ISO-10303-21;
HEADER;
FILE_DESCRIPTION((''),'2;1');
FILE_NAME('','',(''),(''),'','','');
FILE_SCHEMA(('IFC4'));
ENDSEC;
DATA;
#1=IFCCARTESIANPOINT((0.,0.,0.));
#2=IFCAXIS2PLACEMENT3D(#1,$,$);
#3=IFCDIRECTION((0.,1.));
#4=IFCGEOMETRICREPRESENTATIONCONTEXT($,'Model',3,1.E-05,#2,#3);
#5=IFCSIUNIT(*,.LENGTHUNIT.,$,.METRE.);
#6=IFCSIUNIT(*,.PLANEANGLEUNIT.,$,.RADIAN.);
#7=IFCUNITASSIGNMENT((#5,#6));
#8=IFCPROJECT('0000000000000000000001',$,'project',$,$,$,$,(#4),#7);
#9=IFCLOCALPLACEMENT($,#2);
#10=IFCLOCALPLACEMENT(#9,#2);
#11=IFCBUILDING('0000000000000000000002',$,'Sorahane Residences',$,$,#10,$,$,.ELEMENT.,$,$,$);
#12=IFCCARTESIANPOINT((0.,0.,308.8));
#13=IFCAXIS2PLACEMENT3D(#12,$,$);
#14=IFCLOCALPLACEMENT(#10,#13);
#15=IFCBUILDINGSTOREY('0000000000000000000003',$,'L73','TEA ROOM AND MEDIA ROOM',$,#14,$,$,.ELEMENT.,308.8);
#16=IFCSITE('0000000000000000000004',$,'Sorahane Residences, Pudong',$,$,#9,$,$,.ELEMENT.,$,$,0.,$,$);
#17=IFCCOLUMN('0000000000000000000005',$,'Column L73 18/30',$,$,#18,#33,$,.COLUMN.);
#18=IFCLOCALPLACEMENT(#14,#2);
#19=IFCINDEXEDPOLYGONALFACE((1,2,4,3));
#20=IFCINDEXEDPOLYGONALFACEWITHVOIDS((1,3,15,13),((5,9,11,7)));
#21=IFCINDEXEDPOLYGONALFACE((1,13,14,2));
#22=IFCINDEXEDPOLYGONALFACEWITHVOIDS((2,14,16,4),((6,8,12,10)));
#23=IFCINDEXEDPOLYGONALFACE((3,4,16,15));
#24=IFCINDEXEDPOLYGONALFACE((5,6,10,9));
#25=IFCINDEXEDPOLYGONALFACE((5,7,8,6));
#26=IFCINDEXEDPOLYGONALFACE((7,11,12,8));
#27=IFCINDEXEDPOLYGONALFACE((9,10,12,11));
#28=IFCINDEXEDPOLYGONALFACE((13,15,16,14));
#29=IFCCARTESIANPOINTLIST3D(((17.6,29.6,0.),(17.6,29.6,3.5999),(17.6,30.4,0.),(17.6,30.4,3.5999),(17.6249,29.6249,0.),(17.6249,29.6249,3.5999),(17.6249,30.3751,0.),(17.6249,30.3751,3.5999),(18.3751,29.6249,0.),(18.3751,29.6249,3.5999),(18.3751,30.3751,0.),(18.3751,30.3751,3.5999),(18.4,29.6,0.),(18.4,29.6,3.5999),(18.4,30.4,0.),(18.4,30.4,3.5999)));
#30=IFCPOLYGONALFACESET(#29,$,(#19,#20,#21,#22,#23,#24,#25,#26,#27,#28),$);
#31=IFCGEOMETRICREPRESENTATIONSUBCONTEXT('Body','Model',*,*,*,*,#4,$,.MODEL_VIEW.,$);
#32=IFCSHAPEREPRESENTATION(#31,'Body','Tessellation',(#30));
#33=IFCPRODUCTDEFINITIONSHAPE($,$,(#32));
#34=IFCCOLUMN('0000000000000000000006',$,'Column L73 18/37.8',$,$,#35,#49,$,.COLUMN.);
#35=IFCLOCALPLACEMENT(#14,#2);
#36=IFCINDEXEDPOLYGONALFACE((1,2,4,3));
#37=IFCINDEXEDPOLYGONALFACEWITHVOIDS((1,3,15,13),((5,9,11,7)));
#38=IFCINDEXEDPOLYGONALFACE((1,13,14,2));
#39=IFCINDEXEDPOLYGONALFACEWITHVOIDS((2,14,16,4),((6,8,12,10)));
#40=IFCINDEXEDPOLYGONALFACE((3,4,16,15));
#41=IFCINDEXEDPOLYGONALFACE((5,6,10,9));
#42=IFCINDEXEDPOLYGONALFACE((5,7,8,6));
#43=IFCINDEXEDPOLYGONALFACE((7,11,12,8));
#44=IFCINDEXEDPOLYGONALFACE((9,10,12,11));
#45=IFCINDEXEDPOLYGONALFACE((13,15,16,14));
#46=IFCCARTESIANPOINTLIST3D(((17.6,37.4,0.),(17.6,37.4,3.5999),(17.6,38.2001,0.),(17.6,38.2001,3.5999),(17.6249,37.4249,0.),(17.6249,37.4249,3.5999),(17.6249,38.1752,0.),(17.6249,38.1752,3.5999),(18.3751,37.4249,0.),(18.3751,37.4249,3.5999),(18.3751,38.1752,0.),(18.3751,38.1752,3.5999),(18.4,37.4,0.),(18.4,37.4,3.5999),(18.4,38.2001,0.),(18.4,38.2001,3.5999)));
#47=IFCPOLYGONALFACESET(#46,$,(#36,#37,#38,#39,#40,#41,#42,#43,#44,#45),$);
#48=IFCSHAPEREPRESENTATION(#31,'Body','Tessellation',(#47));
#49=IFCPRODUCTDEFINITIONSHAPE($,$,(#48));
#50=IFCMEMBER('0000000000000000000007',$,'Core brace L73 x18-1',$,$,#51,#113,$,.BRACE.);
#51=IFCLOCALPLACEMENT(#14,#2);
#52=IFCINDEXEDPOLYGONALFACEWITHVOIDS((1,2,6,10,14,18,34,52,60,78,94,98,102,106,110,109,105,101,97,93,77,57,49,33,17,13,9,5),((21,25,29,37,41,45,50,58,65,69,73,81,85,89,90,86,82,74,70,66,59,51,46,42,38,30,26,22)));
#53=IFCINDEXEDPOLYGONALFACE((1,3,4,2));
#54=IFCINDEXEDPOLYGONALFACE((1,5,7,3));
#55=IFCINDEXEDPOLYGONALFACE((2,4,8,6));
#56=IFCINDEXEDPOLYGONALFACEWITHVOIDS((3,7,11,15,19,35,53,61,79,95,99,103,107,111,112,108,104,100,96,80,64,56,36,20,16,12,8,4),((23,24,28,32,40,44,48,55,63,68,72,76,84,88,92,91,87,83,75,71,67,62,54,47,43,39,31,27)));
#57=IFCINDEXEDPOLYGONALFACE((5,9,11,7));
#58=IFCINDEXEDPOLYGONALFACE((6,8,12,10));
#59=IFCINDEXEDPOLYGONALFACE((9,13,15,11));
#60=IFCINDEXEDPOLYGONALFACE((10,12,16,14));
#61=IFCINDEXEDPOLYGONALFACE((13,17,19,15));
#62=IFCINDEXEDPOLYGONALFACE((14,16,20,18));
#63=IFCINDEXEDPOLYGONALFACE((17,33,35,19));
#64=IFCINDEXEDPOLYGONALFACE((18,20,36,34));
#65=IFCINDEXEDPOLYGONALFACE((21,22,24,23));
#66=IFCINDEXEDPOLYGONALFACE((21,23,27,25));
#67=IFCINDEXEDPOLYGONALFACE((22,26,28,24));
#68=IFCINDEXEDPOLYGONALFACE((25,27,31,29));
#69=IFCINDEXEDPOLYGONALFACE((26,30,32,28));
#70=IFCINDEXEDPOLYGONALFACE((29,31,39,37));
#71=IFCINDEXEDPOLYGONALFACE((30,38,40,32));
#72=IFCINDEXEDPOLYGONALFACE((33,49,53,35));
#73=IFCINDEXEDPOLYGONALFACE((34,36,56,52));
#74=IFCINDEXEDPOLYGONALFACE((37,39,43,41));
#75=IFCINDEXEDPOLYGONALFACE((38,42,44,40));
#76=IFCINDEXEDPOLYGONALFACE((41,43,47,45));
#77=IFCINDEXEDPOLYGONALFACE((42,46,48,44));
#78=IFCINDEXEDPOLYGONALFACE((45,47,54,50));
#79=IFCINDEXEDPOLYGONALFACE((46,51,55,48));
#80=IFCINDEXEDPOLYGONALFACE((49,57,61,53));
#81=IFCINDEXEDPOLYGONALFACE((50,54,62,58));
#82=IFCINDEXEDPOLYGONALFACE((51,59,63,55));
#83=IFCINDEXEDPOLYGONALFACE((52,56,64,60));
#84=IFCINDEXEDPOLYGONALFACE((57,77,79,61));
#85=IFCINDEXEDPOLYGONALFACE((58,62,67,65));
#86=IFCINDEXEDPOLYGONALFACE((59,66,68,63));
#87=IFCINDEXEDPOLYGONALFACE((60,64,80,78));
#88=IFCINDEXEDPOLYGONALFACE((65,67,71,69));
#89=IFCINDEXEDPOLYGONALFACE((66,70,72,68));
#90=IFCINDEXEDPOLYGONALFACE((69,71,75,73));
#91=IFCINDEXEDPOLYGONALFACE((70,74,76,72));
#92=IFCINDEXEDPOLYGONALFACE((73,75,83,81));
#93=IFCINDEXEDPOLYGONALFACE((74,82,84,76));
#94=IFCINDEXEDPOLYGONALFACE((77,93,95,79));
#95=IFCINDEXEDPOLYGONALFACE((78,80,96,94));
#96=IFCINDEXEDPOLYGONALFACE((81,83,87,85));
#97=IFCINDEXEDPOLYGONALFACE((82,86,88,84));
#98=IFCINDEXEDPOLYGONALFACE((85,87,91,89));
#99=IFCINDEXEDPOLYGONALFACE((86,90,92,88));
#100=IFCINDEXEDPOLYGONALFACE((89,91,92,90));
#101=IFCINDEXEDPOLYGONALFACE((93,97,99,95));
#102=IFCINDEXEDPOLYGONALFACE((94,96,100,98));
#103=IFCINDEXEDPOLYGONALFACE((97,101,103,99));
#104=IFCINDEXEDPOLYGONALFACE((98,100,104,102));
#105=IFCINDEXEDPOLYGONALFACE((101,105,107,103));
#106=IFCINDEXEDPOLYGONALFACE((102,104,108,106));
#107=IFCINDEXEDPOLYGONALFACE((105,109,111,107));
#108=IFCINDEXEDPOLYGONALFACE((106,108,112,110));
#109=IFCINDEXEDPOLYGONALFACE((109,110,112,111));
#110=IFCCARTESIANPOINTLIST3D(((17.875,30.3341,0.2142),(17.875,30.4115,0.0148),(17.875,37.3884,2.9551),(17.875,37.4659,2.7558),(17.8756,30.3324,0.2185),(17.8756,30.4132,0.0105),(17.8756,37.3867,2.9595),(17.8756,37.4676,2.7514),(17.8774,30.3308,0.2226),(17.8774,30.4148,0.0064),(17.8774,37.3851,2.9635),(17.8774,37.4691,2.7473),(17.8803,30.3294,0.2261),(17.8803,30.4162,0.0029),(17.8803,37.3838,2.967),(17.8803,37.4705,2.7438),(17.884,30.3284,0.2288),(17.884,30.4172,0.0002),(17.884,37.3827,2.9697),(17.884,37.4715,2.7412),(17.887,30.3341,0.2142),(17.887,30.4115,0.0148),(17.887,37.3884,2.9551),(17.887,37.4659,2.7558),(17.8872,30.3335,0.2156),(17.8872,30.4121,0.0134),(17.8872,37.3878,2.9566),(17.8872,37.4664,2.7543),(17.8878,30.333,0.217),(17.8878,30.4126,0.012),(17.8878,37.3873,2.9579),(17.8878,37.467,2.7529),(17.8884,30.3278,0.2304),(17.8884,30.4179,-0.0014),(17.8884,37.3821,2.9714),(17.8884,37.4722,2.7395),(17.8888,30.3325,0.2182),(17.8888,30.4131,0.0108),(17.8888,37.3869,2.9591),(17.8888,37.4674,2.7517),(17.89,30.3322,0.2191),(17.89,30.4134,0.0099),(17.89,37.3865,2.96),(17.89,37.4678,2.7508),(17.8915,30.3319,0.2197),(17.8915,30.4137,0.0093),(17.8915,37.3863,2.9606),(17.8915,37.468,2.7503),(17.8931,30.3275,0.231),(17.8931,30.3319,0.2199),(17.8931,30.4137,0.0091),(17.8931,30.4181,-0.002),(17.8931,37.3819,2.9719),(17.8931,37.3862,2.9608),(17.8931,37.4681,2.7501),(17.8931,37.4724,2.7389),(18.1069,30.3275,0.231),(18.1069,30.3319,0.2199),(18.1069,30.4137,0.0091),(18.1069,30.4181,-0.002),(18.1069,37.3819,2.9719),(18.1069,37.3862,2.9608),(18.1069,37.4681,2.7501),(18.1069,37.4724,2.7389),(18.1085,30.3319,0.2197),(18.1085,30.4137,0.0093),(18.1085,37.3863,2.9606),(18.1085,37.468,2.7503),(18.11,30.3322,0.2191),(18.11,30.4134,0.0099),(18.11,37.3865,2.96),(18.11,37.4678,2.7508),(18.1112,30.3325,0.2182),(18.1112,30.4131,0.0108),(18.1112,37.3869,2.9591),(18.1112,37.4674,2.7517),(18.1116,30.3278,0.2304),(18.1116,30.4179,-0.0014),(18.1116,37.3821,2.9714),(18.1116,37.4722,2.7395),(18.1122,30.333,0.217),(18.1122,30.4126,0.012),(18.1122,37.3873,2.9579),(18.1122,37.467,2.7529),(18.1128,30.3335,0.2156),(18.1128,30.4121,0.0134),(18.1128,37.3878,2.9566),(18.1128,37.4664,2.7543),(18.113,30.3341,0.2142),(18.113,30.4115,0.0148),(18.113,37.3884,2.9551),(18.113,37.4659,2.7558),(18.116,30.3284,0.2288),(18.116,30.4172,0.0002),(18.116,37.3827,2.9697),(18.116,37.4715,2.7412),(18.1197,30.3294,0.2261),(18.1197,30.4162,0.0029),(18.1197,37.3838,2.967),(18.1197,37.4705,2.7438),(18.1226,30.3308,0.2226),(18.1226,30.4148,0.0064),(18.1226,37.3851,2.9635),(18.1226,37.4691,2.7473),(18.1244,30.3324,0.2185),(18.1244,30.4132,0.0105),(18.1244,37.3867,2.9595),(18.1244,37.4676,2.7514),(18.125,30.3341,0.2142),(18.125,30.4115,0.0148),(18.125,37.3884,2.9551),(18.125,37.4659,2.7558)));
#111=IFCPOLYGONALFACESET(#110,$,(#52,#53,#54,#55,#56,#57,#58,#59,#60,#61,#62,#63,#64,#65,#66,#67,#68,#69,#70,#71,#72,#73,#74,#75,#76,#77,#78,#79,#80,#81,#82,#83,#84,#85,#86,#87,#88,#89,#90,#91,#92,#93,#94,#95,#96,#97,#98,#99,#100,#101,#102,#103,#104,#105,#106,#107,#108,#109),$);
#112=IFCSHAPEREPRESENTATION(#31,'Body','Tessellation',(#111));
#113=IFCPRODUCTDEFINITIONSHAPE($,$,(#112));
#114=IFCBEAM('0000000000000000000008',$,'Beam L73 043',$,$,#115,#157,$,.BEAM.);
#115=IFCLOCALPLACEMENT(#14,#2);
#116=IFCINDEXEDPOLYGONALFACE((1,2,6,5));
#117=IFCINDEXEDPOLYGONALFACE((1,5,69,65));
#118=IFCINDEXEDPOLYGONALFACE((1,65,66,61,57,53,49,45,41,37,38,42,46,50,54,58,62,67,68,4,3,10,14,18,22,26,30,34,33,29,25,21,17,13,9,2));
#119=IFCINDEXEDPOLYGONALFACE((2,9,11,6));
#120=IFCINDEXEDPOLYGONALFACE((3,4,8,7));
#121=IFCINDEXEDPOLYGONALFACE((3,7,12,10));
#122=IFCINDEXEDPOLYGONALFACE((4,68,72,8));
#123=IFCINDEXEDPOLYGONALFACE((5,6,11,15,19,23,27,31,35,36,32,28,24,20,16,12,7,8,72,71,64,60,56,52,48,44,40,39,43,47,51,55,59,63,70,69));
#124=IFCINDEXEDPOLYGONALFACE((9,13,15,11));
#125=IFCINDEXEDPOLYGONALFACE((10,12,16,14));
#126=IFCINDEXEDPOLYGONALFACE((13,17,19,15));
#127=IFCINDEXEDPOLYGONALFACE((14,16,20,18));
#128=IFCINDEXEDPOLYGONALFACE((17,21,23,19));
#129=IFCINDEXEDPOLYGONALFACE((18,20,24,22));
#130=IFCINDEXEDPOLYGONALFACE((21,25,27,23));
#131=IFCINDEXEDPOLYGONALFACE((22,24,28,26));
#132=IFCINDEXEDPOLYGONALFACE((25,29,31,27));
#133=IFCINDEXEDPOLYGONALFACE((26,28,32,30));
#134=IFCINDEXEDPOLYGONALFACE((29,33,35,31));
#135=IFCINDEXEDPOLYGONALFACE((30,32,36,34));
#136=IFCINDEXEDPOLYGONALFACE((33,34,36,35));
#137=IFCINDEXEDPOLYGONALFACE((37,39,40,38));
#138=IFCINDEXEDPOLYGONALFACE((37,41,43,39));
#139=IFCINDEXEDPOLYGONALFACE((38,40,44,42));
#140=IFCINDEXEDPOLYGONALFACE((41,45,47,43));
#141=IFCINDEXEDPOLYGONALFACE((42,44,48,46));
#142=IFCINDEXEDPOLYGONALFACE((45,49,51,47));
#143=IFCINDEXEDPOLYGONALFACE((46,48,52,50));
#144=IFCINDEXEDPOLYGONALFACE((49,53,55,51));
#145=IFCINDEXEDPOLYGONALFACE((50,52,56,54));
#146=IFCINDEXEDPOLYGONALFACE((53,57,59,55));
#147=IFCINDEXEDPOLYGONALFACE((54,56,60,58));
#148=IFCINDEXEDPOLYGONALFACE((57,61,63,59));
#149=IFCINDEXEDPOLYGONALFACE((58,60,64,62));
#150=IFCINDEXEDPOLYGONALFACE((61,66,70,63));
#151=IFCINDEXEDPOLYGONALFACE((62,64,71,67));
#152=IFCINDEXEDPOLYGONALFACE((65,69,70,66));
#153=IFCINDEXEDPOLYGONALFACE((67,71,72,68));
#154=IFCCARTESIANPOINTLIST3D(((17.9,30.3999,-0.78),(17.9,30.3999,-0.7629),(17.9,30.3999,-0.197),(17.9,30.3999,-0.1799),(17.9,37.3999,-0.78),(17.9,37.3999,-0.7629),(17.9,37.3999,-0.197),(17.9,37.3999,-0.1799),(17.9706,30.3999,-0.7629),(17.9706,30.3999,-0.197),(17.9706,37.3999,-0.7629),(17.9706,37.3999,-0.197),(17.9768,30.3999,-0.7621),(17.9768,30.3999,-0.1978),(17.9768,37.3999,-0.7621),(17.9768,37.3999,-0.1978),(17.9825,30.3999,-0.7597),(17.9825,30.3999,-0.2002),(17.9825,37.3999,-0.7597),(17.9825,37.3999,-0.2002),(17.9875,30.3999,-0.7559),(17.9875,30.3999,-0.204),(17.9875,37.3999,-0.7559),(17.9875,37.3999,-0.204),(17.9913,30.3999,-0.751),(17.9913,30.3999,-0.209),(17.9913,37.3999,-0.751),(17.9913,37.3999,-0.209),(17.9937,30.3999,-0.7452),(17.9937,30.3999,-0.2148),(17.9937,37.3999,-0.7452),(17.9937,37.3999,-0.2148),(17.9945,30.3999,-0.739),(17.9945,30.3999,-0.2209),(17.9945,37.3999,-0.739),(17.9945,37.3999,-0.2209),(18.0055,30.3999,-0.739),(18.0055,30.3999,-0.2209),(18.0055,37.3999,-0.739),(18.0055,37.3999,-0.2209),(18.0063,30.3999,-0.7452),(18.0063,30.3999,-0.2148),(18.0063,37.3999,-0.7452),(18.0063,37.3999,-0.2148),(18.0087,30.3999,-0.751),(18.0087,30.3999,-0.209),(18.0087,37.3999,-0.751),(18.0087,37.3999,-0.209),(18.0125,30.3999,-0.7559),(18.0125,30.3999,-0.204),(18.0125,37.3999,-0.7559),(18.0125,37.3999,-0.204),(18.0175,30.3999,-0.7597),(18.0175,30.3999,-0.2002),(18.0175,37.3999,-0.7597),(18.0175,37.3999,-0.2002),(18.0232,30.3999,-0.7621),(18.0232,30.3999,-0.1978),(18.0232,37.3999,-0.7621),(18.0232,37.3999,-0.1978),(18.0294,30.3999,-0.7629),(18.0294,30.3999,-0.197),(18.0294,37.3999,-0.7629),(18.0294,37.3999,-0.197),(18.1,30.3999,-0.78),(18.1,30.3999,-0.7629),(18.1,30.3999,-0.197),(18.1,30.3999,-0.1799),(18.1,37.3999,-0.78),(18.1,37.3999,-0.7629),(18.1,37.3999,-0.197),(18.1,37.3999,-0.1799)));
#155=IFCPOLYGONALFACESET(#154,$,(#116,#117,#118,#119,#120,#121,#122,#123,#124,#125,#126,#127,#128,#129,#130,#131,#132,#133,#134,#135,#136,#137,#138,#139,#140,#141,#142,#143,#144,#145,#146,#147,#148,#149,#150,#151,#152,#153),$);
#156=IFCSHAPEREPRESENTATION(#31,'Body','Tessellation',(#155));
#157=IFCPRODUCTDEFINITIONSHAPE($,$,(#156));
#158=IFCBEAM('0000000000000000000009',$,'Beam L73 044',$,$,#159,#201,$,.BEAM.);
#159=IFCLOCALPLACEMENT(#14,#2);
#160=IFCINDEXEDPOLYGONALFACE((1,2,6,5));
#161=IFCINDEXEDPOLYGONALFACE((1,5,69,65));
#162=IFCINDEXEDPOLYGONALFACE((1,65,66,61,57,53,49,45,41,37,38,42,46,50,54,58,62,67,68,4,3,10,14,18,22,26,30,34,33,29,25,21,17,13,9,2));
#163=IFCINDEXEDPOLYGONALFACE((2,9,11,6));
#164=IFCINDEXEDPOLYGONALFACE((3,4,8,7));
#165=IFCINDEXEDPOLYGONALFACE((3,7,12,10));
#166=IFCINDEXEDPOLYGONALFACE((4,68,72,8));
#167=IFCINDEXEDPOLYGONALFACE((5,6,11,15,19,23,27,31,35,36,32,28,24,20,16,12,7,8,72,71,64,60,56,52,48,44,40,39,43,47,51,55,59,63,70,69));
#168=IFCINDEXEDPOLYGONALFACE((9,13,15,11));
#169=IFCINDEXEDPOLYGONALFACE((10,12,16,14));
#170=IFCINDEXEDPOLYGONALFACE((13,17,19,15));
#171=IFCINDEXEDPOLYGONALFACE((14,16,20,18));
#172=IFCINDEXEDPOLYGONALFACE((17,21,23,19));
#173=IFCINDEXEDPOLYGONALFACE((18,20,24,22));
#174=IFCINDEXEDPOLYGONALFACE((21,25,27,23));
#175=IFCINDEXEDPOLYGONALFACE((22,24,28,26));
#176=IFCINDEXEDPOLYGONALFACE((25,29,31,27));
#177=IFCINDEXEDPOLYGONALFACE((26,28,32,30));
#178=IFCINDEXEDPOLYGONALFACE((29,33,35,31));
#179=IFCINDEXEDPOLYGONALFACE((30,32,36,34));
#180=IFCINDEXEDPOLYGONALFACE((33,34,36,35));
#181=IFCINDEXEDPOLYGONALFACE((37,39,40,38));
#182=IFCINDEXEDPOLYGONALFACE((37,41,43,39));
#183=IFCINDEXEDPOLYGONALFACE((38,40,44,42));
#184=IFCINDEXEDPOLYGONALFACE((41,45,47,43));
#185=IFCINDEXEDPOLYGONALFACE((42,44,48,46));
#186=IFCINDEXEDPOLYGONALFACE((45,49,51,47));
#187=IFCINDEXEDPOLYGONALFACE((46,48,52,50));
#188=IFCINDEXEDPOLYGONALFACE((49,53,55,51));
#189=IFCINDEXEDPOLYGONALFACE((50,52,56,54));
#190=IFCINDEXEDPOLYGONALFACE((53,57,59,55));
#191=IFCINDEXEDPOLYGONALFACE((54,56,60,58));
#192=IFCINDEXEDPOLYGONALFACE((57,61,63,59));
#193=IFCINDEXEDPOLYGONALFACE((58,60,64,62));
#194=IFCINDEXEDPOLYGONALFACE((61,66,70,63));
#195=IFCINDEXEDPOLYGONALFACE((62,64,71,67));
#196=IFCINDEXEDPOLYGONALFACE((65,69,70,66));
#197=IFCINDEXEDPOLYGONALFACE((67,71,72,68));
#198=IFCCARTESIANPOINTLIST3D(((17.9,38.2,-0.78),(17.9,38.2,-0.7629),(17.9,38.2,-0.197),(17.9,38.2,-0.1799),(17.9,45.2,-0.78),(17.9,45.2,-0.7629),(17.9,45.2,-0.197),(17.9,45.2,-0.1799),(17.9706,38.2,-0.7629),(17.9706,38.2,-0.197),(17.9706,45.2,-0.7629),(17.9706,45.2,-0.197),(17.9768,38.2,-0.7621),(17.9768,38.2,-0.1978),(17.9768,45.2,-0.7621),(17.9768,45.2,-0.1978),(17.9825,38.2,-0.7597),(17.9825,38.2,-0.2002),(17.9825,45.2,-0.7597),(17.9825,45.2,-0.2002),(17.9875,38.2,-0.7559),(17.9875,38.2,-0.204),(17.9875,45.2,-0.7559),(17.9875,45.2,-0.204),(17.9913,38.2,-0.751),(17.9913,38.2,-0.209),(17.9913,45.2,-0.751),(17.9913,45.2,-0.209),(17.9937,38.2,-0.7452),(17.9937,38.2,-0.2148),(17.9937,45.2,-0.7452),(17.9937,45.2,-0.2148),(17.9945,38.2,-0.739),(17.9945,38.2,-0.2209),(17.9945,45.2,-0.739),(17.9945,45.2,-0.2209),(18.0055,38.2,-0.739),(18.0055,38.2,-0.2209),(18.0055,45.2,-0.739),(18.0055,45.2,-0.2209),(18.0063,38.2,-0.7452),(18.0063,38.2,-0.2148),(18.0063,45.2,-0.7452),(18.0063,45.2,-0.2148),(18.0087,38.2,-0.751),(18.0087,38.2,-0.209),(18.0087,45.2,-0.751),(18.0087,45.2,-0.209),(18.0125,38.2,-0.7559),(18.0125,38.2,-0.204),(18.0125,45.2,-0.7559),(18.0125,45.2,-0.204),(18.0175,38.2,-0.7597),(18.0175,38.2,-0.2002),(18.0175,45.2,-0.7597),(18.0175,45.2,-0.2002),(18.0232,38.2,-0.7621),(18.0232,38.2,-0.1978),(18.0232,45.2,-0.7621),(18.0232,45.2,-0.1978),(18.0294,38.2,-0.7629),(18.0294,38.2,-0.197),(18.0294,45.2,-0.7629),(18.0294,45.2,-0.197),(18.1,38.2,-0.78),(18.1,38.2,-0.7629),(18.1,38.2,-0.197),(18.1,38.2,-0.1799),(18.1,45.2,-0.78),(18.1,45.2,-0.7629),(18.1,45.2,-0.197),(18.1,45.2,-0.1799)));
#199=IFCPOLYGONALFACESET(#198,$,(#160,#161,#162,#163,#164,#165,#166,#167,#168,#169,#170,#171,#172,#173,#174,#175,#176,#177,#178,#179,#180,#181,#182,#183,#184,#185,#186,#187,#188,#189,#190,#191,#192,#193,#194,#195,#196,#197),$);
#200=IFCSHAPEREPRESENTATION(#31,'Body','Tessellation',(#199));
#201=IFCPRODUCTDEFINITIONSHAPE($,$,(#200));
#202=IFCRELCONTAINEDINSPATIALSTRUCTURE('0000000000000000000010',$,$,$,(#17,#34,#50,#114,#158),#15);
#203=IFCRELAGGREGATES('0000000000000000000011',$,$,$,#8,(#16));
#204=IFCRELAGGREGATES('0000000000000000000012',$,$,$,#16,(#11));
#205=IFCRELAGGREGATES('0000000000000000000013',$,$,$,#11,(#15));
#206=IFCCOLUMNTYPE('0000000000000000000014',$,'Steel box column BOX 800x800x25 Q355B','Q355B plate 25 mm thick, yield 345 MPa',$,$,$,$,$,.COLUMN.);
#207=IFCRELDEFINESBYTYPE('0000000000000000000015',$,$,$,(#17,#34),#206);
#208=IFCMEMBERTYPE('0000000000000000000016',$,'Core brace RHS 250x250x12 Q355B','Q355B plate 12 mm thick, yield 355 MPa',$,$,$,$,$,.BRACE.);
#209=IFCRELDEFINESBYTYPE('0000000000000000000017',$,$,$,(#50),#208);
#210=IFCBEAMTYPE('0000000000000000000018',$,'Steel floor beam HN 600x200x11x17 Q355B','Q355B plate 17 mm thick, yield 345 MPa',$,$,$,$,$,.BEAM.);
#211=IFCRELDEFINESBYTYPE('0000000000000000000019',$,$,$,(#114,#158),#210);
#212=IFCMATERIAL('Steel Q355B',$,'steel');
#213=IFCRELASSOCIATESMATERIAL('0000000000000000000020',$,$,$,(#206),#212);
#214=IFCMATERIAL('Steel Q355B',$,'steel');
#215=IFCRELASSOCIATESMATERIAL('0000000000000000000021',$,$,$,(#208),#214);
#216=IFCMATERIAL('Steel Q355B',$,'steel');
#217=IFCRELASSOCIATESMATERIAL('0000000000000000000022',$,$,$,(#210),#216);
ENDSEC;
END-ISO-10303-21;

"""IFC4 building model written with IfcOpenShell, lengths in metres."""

from ifc_helpers import new_model, si_unit, direction, frame, origin, origin_2d, place, context, subcontext, project, spatial, hollow_rectangle, i_section, extrude, material, material_profile, profile_set, type_object, element, save


model = new_model("IFC4")

# Units and contexts
model_context = context("Model", 3, precision=1e-05, world=origin(), true_north=direction((0.0, 1.0)))
body_context = subcontext(model_context, "Body", "Model", "MODEL_VIEW")
ifc_project = project(units=[si_unit("LENGTHUNIT", "METRE"), si_unit("PLANEANGLEUNIT", "RADIAN")], contexts=[model_context])

# Site, building, storey
site_placement = place(None, origin())
site = spatial("IfcSite", under=ifc_project, at=site_placement, Name="Sorahane Residences, Pudong", CompositionType="ELEMENT", RefElevation=0.0)
building_placement = place(site_placement, origin())
building = spatial("IfcBuilding", under=site, at=building_placement, Name="Sorahane Residences", CompositionType="ELEMENT")
storey_placement = place(building_placement, frame((0.0, 0.0, 308.8)))
storey = spatial("IfcBuildingStorey", under=building, at=storey_placement, Name="L73", Description="TEA ROOM AND MEDIA ROOM", CompositionType="ELEMENT", Elevation=308.8)

# Columns
ifc_material_1 = material(Name="Steel Q355B", Category="steel")
ifc_material_profile_1 = material_profile(ifc_material_1, hollow_rectangle(XDim=0.8, YDim=0.8, WallThickness=0.0249, at=origin_2d()), Name="BOX 800x800x25")
ifc_profile_set_1 = profile_set([ifc_material_profile_1], Name="Steel Q355B")
column_type = type_object("IfcColumnType", Name="Steel box column BOX 800x800x25 Q355B", Description="Q355B plate 25 mm thick, yield 345 MPa", PredefinedType="COLUMN", material=ifc_profile_set_1)
for number, where, z_axis, x_axis, name in (
    (1, (18.0, 30.0, 0.0), (0.0, 0.0, 1.0), (1.0, 0.0, 0.0), "Column L73 18/30"),
    (2, (18.0, 37.8, 0.0), (0.0, 0.0, 1.0), (1.0, 0.0, 0.0), "Column L73 18/37.8"),
):
    element("IfcColumn", number, at=place(storey_placement, frame(where, z_axis=z_axis, x_axis=x_axis)), inside=storey, type_object=column_type, Name=name, PredefinedType="COLUMN", context=body_context, shape_type="SweptSolid", body=[
        extrude(hollow_rectangle(XDim=0.8, YDim=0.8, WallThickness=0.0249, at=origin_2d()), origin(), (0.0, 0.0, 1.0), 3.5999),
    ])

# Member
ifc_material_2 = material(Name="Steel Q355B", Category="steel")
ifc_material_profile_2 = material_profile(ifc_material_2, hollow_rectangle(XDim=0.25, YDim=0.25, WallThickness=0.012, InnerFilletRadius=0.0061, OuterFilletRadius=0.0181, at=origin_2d()), Name="RHS 250x250x12")
ifc_profile_set_2 = profile_set([ifc_material_profile_2], Name="Steel Q355B")
member_type = type_object("IfcMemberType", Name="Core brace RHS 250x250x12 Q355B", Description="Q355B plate 12 mm thick, yield 355 MPa", PredefinedType="BRACE", material=ifc_profile_set_2)
member_placement = place(storey_placement, frame((18.0, 30.3728, 0.1145), z_axis=(0.0, 0.932113, 0.362168), x_axis=(-1.0, 0.0, 0.0)))
element("IfcMember", 3, at=member_placement, inside=storey, type_object=member_type, Name="Core brace L73 x18-1", PredefinedType="BRACE", context=body_context, shape_type="SweptSolid", body=[
    extrude(hollow_rectangle(XDim=0.25, YDim=0.25, WallThickness=0.012, InnerFilletRadius=0.0061, OuterFilletRadius=0.0181, at=origin_2d()), origin(), (0.0, 0.0, 1.0), 7.5681),
])

# Beams
ifc_material_3 = material(Name="Steel Q355B", Category="steel")
ifc_material_profile_3 = material_profile(ifc_material_3, i_section(OverallWidth=0.2, OverallDepth=0.6001, WebThickness=0.011, FlangeThickness=0.0171, FilletRadius=0.0239, at=origin_2d()), Name="HN 600x200x11x17")
ifc_profile_set_3 = profile_set([ifc_material_profile_3], Name="Steel Q355B")
beam_type = type_object("IfcBeamType", Name="Steel floor beam HN 600x200x11x17 Q355B", Description="Q355B plate 17 mm thick, yield 345 MPa", PredefinedType="BEAM", material=ifc_profile_set_3)
for number, where, z_axis, x_axis, name in (
    (4, (18.0, 30.3999, -0.48), (0.0, 1.0, 0.0), (-1.0, 0.0, 0.0), "Beam L73 043"),
    (5, (18.0, 38.2, -0.48), (0.0, 1.0, 0.0), (-1.0, 0.0, 0.0), "Beam L73 044"),
):
    element("IfcBeam", number, at=place(storey_placement, frame(where, z_axis=z_axis, x_axis=x_axis)), inside=storey, type_object=beam_type, Name=name, PredefinedType="BEAM", context=body_context, shape_type="SweptSolid", body=[
        extrude(i_section(OverallWidth=0.2, OverallDepth=0.6001, WebThickness=0.011, FlangeThickness=0.0171, FilletRadius=0.0239, at=origin_2d()), origin(), (0.0, 0.0, 1.0), 7.0),
    ])

save(model, "model.ifc")
